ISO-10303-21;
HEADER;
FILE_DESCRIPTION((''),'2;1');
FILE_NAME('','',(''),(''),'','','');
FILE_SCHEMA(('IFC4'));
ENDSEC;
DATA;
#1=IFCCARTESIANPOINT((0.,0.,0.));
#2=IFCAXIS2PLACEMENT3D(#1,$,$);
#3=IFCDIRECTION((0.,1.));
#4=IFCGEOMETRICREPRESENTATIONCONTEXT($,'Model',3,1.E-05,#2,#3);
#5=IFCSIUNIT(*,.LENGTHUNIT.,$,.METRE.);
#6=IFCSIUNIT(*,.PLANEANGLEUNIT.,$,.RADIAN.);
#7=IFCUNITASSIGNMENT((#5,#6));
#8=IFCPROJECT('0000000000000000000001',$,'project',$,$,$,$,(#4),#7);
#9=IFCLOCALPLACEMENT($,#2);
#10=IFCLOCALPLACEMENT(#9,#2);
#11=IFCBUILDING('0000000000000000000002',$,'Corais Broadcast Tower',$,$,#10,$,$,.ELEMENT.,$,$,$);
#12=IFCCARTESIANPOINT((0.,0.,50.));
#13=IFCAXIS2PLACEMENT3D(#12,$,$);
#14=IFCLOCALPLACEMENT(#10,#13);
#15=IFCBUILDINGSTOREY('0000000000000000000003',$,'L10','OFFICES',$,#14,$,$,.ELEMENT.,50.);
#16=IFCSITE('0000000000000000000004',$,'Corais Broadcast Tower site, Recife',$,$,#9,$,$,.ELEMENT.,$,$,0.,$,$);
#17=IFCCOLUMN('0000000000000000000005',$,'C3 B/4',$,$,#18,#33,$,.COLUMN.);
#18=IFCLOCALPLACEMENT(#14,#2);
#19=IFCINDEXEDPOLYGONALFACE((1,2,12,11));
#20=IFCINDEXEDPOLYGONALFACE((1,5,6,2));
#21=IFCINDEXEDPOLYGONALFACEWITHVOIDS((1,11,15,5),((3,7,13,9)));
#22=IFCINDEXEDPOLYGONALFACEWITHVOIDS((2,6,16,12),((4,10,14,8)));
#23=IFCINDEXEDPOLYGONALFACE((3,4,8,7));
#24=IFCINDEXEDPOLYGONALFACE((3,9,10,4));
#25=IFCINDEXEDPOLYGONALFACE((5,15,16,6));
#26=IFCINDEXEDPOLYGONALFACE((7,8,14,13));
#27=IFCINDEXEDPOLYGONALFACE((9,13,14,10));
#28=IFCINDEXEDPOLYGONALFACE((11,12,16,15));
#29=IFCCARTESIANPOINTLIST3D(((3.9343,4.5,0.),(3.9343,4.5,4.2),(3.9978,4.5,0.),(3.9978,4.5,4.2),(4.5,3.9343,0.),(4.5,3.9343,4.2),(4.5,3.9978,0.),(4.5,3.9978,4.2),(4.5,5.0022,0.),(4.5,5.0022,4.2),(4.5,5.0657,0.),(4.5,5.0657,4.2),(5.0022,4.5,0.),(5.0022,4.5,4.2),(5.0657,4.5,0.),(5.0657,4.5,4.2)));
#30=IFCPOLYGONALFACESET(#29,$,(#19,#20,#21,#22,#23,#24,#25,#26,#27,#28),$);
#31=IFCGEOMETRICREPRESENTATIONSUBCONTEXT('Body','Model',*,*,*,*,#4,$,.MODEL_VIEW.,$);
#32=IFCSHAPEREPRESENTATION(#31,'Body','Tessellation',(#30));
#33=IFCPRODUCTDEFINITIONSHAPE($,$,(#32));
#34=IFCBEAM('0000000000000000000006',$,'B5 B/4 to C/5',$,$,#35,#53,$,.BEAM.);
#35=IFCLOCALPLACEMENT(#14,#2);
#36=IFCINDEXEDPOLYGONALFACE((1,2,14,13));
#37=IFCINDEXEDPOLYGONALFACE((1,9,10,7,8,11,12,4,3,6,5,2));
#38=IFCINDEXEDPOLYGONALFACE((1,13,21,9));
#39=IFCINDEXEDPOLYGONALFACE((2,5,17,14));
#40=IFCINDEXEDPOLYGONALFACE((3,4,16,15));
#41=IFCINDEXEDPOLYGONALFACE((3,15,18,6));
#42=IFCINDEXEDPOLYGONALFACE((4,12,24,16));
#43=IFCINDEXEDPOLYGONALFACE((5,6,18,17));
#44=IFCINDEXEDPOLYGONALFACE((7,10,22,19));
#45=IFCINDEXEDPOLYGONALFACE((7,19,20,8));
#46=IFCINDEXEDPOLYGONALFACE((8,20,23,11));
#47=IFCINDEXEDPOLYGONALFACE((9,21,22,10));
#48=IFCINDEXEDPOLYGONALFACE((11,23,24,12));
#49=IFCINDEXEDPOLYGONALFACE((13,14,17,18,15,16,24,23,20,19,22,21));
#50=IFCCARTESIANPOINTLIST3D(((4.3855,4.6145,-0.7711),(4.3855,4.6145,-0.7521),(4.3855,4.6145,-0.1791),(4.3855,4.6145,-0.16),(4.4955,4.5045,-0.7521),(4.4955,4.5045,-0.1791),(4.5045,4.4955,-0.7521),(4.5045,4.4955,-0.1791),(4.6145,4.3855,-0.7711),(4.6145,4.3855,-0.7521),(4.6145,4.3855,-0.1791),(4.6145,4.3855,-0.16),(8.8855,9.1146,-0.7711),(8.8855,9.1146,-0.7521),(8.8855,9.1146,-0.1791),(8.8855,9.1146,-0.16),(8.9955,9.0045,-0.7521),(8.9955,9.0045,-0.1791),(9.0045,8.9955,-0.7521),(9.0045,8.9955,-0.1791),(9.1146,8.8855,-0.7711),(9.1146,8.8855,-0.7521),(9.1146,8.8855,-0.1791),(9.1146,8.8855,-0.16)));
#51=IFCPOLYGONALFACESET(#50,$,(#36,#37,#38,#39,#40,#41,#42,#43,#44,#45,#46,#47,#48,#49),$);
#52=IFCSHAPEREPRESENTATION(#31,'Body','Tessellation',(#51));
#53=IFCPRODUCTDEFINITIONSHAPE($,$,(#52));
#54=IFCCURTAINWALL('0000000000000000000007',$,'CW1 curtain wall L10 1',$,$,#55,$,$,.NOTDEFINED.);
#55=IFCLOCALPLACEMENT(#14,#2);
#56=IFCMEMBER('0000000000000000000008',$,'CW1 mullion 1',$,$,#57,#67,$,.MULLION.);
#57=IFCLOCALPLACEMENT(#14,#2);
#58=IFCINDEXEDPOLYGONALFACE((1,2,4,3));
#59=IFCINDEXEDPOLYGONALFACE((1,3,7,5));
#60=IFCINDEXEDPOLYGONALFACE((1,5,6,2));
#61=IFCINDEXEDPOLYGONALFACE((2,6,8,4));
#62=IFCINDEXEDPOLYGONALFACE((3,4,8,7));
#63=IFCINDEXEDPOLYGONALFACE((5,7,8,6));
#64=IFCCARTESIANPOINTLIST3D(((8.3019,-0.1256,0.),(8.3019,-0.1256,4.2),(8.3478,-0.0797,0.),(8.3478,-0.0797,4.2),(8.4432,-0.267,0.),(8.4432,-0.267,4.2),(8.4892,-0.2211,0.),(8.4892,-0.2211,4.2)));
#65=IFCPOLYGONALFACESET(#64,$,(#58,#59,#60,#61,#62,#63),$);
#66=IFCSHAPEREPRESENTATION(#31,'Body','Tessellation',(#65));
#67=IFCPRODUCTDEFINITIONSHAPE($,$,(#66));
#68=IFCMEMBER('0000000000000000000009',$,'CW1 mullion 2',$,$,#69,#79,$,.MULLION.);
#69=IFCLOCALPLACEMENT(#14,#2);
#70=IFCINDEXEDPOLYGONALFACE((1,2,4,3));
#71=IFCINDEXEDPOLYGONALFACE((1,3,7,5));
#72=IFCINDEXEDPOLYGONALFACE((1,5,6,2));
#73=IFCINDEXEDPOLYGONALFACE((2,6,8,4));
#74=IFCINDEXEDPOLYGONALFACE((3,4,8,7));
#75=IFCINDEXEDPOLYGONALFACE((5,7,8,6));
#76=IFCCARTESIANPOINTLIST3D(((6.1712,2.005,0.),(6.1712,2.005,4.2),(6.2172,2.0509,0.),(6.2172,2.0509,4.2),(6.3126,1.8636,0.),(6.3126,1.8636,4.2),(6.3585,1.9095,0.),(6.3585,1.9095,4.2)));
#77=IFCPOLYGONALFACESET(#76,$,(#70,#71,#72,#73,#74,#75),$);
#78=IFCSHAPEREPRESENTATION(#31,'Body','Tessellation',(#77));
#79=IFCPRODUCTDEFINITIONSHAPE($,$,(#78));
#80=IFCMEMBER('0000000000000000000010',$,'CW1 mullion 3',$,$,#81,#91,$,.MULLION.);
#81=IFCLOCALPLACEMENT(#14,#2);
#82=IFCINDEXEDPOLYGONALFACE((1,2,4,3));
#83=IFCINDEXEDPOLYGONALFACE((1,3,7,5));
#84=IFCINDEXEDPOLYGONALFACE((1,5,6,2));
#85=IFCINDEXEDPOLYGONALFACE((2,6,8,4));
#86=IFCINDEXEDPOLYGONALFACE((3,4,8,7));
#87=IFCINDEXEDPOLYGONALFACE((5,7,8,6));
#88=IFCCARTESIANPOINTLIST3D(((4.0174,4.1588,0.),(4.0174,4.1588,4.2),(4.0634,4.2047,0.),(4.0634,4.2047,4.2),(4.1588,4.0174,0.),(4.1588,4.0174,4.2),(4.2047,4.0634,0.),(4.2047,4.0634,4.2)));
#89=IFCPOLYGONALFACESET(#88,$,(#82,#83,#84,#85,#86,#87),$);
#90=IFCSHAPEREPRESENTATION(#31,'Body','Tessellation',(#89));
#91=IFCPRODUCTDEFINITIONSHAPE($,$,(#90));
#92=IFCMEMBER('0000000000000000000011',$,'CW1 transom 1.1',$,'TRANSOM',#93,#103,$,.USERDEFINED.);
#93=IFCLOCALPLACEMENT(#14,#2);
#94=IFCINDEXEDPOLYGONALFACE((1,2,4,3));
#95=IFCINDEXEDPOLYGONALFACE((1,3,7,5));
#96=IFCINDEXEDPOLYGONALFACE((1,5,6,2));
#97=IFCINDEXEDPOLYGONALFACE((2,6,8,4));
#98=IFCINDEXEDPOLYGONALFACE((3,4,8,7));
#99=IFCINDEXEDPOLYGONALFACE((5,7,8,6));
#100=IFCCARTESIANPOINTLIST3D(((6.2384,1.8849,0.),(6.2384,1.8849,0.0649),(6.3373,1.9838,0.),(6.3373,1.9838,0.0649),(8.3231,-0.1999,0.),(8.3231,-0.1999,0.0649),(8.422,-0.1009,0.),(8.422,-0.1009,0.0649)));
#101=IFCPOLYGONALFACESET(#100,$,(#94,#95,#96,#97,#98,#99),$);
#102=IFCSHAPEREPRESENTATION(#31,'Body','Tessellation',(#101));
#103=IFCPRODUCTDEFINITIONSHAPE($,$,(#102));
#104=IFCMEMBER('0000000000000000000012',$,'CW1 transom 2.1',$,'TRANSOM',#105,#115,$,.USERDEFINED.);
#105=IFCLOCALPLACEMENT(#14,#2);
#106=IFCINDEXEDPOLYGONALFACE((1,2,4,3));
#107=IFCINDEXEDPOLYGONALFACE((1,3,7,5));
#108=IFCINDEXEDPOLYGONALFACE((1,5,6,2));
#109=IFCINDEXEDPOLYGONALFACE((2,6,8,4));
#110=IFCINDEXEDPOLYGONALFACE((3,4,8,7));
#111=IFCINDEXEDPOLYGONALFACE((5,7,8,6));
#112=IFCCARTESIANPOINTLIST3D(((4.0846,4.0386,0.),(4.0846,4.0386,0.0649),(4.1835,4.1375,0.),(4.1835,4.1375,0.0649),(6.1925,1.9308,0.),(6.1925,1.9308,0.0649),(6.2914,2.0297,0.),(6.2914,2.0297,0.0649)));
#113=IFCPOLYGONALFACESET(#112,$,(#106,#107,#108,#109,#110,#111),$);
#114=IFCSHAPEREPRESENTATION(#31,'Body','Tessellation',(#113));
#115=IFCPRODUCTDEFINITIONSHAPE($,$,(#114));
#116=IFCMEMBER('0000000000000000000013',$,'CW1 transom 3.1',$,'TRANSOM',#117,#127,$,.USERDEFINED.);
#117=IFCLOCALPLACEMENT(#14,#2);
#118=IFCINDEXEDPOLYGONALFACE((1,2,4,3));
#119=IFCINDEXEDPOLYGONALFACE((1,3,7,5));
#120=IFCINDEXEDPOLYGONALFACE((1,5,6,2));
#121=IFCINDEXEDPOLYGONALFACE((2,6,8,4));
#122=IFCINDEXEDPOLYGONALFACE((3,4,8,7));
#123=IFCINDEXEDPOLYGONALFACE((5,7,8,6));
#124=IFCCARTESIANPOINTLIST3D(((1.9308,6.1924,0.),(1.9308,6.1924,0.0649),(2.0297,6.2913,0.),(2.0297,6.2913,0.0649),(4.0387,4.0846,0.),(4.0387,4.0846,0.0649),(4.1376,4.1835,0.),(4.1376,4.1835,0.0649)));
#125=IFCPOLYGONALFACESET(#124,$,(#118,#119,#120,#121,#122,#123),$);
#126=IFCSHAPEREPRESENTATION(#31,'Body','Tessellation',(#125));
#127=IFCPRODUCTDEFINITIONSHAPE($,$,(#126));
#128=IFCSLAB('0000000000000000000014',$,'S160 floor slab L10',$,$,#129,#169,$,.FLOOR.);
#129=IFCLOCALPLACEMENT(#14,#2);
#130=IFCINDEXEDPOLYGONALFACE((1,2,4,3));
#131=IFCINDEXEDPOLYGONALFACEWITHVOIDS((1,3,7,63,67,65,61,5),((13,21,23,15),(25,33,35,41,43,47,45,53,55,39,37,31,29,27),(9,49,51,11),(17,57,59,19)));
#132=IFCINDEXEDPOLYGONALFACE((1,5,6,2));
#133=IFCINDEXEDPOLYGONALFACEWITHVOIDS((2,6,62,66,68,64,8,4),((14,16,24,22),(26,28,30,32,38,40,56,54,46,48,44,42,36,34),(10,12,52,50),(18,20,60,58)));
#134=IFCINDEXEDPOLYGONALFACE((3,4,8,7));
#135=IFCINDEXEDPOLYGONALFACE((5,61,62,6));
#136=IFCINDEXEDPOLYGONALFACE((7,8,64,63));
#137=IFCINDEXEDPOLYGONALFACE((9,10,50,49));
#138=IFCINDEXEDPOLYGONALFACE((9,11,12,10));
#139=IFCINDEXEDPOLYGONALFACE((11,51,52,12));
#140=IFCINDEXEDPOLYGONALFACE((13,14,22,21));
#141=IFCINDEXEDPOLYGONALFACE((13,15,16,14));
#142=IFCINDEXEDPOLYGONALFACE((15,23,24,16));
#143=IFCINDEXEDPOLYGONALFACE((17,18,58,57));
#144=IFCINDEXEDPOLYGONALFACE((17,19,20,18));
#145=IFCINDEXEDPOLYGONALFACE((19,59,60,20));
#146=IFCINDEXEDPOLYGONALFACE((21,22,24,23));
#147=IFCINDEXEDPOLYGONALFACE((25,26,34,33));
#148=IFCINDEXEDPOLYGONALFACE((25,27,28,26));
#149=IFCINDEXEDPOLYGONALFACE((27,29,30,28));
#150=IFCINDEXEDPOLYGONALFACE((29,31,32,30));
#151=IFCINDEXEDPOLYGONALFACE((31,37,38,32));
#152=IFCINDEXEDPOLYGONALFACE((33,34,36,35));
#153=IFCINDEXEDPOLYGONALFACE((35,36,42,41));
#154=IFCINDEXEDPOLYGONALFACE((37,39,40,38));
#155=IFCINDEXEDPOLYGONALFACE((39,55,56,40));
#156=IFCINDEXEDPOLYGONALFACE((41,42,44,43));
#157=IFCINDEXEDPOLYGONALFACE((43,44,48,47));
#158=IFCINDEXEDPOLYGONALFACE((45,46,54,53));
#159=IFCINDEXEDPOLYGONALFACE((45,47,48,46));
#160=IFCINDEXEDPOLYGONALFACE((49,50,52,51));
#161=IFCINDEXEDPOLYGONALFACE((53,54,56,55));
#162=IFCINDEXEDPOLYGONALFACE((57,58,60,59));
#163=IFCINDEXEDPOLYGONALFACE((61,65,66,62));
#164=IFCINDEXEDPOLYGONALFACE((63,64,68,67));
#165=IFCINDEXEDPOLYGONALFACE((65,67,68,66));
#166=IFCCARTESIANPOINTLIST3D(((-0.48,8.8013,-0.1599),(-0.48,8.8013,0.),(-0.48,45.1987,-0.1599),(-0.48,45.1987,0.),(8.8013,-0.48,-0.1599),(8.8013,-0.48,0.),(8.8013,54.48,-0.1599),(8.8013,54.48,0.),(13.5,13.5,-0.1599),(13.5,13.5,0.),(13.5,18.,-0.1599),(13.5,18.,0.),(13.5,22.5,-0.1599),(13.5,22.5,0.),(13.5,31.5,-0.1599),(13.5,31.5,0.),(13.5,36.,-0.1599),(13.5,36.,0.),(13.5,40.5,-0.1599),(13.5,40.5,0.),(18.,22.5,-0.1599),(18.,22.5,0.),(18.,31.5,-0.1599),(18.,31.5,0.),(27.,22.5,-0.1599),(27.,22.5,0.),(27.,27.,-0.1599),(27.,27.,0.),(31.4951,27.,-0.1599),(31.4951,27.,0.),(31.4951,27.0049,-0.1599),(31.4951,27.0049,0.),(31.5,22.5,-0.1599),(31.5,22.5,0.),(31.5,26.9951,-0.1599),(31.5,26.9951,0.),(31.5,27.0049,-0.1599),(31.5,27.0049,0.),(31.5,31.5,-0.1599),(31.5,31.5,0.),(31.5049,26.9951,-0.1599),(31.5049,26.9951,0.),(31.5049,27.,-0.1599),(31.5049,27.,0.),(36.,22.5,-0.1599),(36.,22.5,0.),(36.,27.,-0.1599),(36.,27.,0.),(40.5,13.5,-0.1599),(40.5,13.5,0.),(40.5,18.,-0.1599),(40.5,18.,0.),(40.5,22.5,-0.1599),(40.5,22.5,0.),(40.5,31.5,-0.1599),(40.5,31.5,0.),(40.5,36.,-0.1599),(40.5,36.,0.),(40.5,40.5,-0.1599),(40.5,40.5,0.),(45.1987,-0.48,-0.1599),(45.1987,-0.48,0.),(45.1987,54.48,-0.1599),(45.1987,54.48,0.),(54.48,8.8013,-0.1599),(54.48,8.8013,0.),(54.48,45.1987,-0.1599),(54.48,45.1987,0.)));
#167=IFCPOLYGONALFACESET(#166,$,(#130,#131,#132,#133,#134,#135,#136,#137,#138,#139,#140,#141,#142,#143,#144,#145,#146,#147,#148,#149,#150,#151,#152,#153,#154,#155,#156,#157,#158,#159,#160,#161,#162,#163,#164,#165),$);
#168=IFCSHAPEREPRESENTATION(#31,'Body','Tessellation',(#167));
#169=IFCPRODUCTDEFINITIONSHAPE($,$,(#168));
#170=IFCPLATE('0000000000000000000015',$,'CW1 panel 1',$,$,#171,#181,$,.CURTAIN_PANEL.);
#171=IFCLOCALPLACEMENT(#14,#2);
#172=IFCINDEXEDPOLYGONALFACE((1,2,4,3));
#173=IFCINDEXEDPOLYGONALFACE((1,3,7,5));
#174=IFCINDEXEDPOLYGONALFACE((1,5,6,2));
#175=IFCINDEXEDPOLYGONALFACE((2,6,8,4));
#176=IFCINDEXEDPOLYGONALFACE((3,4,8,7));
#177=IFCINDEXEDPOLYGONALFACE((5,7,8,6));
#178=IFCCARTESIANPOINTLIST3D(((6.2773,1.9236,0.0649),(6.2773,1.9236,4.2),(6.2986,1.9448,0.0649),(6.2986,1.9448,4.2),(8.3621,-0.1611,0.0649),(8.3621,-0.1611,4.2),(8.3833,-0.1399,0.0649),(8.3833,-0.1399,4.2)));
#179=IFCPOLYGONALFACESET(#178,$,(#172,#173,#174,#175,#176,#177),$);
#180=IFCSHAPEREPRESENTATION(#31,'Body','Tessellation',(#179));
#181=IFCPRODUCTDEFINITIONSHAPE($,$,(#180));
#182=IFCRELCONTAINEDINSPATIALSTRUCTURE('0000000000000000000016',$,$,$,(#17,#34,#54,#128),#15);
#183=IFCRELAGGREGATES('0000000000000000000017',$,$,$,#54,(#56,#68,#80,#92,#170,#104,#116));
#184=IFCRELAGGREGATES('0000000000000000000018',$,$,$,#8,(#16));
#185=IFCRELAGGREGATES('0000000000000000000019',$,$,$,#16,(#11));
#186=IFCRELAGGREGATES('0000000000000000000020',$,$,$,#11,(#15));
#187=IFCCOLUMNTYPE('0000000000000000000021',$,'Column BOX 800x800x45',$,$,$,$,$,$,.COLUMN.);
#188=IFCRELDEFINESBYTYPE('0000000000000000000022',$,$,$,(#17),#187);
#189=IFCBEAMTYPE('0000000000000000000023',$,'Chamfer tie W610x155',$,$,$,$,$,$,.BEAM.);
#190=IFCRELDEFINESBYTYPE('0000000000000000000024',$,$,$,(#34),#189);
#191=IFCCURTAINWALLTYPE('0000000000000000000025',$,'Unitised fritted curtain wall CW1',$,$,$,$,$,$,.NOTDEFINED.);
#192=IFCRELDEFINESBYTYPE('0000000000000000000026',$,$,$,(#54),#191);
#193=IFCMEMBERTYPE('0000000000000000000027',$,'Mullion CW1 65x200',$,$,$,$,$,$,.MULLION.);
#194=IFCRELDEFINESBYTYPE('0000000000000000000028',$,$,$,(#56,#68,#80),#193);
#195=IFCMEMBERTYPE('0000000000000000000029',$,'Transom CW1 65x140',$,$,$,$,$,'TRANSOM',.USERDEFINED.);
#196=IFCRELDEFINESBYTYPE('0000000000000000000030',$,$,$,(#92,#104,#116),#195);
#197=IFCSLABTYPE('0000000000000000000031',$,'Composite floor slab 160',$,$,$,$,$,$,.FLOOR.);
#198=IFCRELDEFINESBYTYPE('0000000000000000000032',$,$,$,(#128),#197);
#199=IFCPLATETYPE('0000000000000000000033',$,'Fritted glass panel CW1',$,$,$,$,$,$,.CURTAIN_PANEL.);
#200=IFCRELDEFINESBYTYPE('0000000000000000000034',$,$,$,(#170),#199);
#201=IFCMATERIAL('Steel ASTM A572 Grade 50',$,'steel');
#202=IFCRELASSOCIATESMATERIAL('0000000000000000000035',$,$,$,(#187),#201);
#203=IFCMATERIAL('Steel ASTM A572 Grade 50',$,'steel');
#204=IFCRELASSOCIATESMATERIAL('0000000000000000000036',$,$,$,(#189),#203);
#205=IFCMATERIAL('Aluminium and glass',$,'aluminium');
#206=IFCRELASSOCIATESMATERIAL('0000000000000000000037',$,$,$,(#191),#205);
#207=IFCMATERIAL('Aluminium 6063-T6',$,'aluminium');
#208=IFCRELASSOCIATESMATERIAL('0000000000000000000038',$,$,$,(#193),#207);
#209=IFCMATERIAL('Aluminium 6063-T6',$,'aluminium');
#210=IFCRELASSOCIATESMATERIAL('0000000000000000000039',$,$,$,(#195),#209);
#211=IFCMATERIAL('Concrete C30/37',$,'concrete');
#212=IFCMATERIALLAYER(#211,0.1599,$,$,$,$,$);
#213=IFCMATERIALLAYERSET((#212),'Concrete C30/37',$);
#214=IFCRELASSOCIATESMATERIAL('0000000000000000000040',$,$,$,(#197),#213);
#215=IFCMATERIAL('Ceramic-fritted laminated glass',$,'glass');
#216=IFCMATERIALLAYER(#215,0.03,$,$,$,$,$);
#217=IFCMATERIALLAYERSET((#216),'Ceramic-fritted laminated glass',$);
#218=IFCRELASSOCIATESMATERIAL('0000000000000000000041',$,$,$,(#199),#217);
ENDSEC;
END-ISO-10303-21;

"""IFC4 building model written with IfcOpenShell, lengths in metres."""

from ifc_helpers import new_model, si_unit, direction, frame, origin, origin_2d, place, context, subcontext, project, spatial, polyline, rectangle, hollow_rectangle, i_section, outline, extrude, material, layer, layer_set, material_profile, profile_set, type_object, element, aggregate, save


model = new_model("IFC4")

# Units and contexts
model_context = context("Model", 3, precision=1e-05, world=origin(), true_north=direction((0.0, 1.0)))
body_context = subcontext(model_context, "Body", "Model", "MODEL_VIEW")
ifc_project = project(units=[si_unit("LENGTHUNIT", "METRE"), si_unit("PLANEANGLEUNIT", "RADIAN")], contexts=[model_context])

# Site, building, storey
site_placement = place(None, origin())
site = spatial("IfcSite", under=ifc_project, at=site_placement, Name="Corais Broadcast Tower site, Recife", CompositionType="ELEMENT", RefElevation=0.0)
building_placement = place(site_placement, origin())
building = spatial("IfcBuilding", under=site, at=building_placement, Name="Corais Broadcast Tower", CompositionType="ELEMENT")
storey_placement = place(building_placement, frame((0.0, 0.0, 50.0)))
storey = spatial("IfcBuildingStorey", under=building, at=storey_placement, Name="L10", Description="OFFICES", CompositionType="ELEMENT", Elevation=50.0)

# Column
ifc_material_1 = material(Name="Steel ASTM A572 Grade 50", Category="steel")
ifc_material_profile_1 = material_profile(ifc_material_1, hollow_rectangle(XDim=0.8, YDim=0.8, WallThickness=0.0449, at=origin_2d()), Name="BOX 800x800x45")
ifc_profile_set_1 = profile_set([ifc_material_profile_1], Name="Steel ASTM A572 Grade 50")
column_type = type_object("IfcColumnType", Name="Column BOX 800x800x45", PredefinedType="COLUMN", material=ifc_profile_set_1)
column_placement = place(storey_placement, frame((4.5, 4.5, 0.0), z_axis=(0.0, 0.0, 1.0), x_axis=(0.707107, 0.707107, 0.0)))
element("IfcColumn", 1, at=column_placement, inside=storey, type_object=column_type, Name="C3 B/4", PredefinedType="COLUMN", context=body_context, shape_type="SweptSolid", body=[
    extrude(hollow_rectangle(XDim=0.8, YDim=0.8, WallThickness=0.0449, at=origin_2d()), origin(), (0.0, 0.0, 1.0), 4.2),
])

# Beam
ifc_material_2 = material(Name="Steel ASTM A572 Grade 50", Category="steel")
ifc_material_profile_2 = material_profile(ifc_material_2, i_section(OverallWidth=0.324, OverallDepth=0.6111, WebThickness=0.0127, FlangeThickness=0.019, at=origin_2d()), Name="W610x155")
ifc_profile_set_2 = profile_set([ifc_material_profile_2], Name="Steel ASTM A572 Grade 50")
beam_type = type_object("IfcBeamType", Name="Chamfer tie W610x155", PredefinedType="BEAM", material=ifc_profile_set_2)
beam_placement = place(storey_placement, frame((4.5, 4.5, -0.4656), z_axis=(0.707107, 0.707107, 0.0), x_axis=(-0.707107, 0.707107, 0.0)))
element("IfcBeam", 2, at=beam_placement, inside=storey, type_object=beam_type, Name="B5 B/4 to C/5", PredefinedType="BEAM", context=body_context, shape_type="SweptSolid", body=[
    extrude(i_section(OverallWidth=0.324, OverallDepth=0.6111, WebThickness=0.0127, FlangeThickness=0.019, at=origin_2d()), origin(), (0.0, 0.0, 1.0), 6.364),
])

# Curtain wall, members
ifc_material_3 = material(Name="Aluminium and glass", Category="aluminium")
curtain_wall_type = type_object("IfcCurtainWallType", Name="Unitised fritted curtain wall CW1", PredefinedType="NOTDEFINED", material=ifc_material_3)
curtain_wall_placement = place(storey_placement, origin())
curtain_wall = element("IfcCurtainWall", 3, at=curtain_wall_placement, inside=storey, type_object=curtain_wall_type, Name="CW1 curtain wall L10 1", PredefinedType="NOTDEFINED")
ifc_material_4 = material(Name="Aluminium 6063-T6", Category="aluminium")
ifc_material_profile_3 = material_profile(ifc_material_4, rectangle(XDim=0.0649, YDim=0.2, at=origin_2d()), Name="Mullion CW1 65x200")
ifc_profile_set_3 = profile_set([ifc_material_profile_3], Name="Aluminium 6063-T6")
member_type_1 = type_object("IfcMemberType", Name="Mullion CW1 65x200", PredefinedType="MULLION", material=ifc_profile_set_3)
member_1_placement = place(storey_placement, frame((8.3955, -0.1733, 0.0), z_axis=(0.0, 0.0, 1.0), x_axis=(-0.707107, -0.707107, 0.0)))
member_1 = element("IfcMember", 4, at=member_1_placement, type_object=member_type_1, Name="CW1 mullion 1", PredefinedType="MULLION", context=body_context, shape_type="SweptSolid", body=[
    extrude(rectangle(XDim=0.0649, YDim=0.2, at=origin_2d()), origin(), (0.0, 0.0, 1.0), 4.2),
])
member_2_placement = place(storey_placement, frame((6.2649, 1.9573, 0.0), z_axis=(0.0, 0.0, 1.0), x_axis=(-0.707107, -0.707107, 0.0)))
member_2 = element("IfcMember", 5, at=member_2_placement, type_object=member_type_1, Name="CW1 mullion 2", PredefinedType="MULLION", context=body_context, shape_type="SweptSolid", body=[
    extrude(rectangle(XDim=0.0649, YDim=0.2, at=origin_2d()), origin(), (0.0, 0.0, 1.0), 4.2),
])
member_3_placement = place(storey_placement, frame((4.1111, 4.1111, 0.0), z_axis=(0.0, 0.0, 1.0), x_axis=(-0.707107, -0.707107, 0.0)))
member_3 = element("IfcMember", 6, at=member_3_placement, type_object=member_type_1, Name="CW1 mullion 3", PredefinedType="MULLION", context=body_context, shape_type="SweptSolid", body=[
    extrude(rectangle(XDim=0.0649, YDim=0.2, at=origin_2d()), origin(), (0.0, 0.0, 1.0), 4.2),
])
ifc_material_5 = material(Name="Aluminium 6063-T6", Category="aluminium")
ifc_material_profile_4 = material_profile(ifc_material_5, rectangle(XDim=0.1399, YDim=0.0649, at=origin_2d()), Name="Transom CW1 65x140")
ifc_profile_set_4 = profile_set([ifc_material_profile_4], Name="Aluminium 6063-T6")
member_type_2 = type_object("IfcMemberType", Name="Transom CW1 65x140", ElementType="TRANSOM", PredefinedType="USERDEFINED", material=ifc_profile_set_4)
member_4_placement = place(storey_placement, frame((8.3726, -0.1504, 0.0325), z_axis=(-0.707107, 0.707107, 0.0), x_axis=(-0.707107, -0.707107, 0.0)))
member_4 = element("IfcMember", 7, at=member_4_placement, type_object=member_type_2, Name="CW1 transom 1.1", ObjectType="TRANSOM", PredefinedType="USERDEFINED", context=body_context, shape_type="SweptSolid", body=[
    extrude(rectangle(XDim=0.1399, YDim=0.0649, at=origin_2d()), origin(), (0.0, 0.0, 1.0), 2.9482),
])
member_5_placement = place(storey_placement, frame((6.2419, 1.9802, 0.0325), z_axis=(-0.707107, 0.707107, 0.0), x_axis=(-0.707107, -0.707107, 0.0)))
member_5 = element("IfcMember", 8, at=member_5_placement, type_object=member_type_2, Name="CW1 transom 2.1", ObjectType="TRANSOM", PredefinedType="USERDEFINED", context=body_context, shape_type="SweptSolid", body=[
    extrude(rectangle(XDim=0.1399, YDim=0.0649, at=origin_2d()), origin(), (0.0, 0.0, 1.0), 2.981),
])
member_6_placement = place(storey_placement, frame((4.0881, 4.134, 0.0325), z_axis=(-0.707107, 0.707107, 0.0), x_axis=(-0.707107, -0.707107, 0.0)))
member_6 = element("IfcMember", 9, at=member_6_placement, type_object=member_type_2, Name="CW1 transom 3.1", ObjectType="TRANSOM", PredefinedType="USERDEFINED", context=body_context, shape_type="SweptSolid", body=[
    extrude(rectangle(XDim=0.1399, YDim=0.0649, at=origin_2d()), origin(), (0.0, 0.0, 1.0), 2.981),
])

# Slab
ifc_material_6 = material(Name="Concrete C30/37", Category="concrete")
ifc_layer_1 = layer(ifc_material_6, 0.1599)
ifc_layer_set_1 = layer_set([ifc_layer_1], Name="Concrete C30/37")
slab_type_1 = type_object("IfcSlabType", Name="Composite floor slab 160", PredefinedType="FLOOR", material=ifc_layer_set_1)
slab_1_placement = place(storey_placement, frame((0.0, 0.0, -0.1599)))
element("IfcSlab", 10, at=slab_1_placement, inside=storey, type_object=slab_type_1, Name="S160 floor slab L10", PredefinedType="FLOOR", context=body_context, shape_type="SweptSolid", body=[
    extrude(outline(polyline([(8.8013, -0.48), (-0.48, 8.8013), (-0.48, 45.1987), (8.8013, 54.48), (45.1987, 54.48), (54.48, 45.1987), (54.48, 8.8013), (45.1987, -0.48), (8.8013, -0.48)]), holes=[polyline([(13.5, 18.0), (40.5, 18.0), (40.5, 13.5), (13.5, 13.5), (13.5, 18.0)]), polyline([(13.5, 22.5), (13.5, 31.5), (18.0, 31.5), (18.0, 22.5), (13.5, 22.5)]), polyline([(13.5, 40.5), (40.5, 40.5), (40.5, 36.0), (13.5, 36.0), (13.5, 40.5)]), polyline([(27.0, 22.5), (27.0, 27.0), (31.4951, 27.0), (31.4951, 27.0049), (31.5, 27.0049), (31.5, 31.5), (40.5, 31.5), (40.5, 22.5), (36.0, 22.5), (36.0, 27.0), (31.5049, 27.0), (31.5049, 26.9951), (31.5, 26.9951), (31.5, 22.5), (27.0, 22.5)])]), origin(), (0.0, 0.0, 1.0), 0.1599),
])

# Plate
ifc_material_7 = material(Name="Ceramic-fritted laminated glass", Category="glass")
ifc_layer_2 = layer(ifc_material_7, 0.03)
ifc_layer_set_2 = layer_set([ifc_layer_2], Name="Ceramic-fritted laminated glass")
plate_type_1 = type_object("IfcPlateType", Name="Fritted glass panel CW1", PredefinedType="CURTAIN_PANEL", material=ifc_layer_set_2)
plate_1_placement = place(storey_placement, frame((7.3303, 0.8918, 0.0649), z_axis=(0.0, 0.0, 1.0), x_axis=(-0.707107, 0.707107, 0.0)))
plate_1 = element("IfcPlate", 11, at=plate_1_placement, type_object=plate_type_1, Name="CW1 panel 1", PredefinedType="CURTAIN_PANEL", context=body_context, shape_type="SweptSolid", body=[
    extrude(rectangle(XDim=2.9482, YDim=0.03, at=origin_2d()), origin(), (0.0, 0.0, 1.0), 4.135),
])
aggregate(curtain_wall, [member_1, member_2, member_3, member_4, plate_1, member_5, member_6])

save(model, "model.ifc")
